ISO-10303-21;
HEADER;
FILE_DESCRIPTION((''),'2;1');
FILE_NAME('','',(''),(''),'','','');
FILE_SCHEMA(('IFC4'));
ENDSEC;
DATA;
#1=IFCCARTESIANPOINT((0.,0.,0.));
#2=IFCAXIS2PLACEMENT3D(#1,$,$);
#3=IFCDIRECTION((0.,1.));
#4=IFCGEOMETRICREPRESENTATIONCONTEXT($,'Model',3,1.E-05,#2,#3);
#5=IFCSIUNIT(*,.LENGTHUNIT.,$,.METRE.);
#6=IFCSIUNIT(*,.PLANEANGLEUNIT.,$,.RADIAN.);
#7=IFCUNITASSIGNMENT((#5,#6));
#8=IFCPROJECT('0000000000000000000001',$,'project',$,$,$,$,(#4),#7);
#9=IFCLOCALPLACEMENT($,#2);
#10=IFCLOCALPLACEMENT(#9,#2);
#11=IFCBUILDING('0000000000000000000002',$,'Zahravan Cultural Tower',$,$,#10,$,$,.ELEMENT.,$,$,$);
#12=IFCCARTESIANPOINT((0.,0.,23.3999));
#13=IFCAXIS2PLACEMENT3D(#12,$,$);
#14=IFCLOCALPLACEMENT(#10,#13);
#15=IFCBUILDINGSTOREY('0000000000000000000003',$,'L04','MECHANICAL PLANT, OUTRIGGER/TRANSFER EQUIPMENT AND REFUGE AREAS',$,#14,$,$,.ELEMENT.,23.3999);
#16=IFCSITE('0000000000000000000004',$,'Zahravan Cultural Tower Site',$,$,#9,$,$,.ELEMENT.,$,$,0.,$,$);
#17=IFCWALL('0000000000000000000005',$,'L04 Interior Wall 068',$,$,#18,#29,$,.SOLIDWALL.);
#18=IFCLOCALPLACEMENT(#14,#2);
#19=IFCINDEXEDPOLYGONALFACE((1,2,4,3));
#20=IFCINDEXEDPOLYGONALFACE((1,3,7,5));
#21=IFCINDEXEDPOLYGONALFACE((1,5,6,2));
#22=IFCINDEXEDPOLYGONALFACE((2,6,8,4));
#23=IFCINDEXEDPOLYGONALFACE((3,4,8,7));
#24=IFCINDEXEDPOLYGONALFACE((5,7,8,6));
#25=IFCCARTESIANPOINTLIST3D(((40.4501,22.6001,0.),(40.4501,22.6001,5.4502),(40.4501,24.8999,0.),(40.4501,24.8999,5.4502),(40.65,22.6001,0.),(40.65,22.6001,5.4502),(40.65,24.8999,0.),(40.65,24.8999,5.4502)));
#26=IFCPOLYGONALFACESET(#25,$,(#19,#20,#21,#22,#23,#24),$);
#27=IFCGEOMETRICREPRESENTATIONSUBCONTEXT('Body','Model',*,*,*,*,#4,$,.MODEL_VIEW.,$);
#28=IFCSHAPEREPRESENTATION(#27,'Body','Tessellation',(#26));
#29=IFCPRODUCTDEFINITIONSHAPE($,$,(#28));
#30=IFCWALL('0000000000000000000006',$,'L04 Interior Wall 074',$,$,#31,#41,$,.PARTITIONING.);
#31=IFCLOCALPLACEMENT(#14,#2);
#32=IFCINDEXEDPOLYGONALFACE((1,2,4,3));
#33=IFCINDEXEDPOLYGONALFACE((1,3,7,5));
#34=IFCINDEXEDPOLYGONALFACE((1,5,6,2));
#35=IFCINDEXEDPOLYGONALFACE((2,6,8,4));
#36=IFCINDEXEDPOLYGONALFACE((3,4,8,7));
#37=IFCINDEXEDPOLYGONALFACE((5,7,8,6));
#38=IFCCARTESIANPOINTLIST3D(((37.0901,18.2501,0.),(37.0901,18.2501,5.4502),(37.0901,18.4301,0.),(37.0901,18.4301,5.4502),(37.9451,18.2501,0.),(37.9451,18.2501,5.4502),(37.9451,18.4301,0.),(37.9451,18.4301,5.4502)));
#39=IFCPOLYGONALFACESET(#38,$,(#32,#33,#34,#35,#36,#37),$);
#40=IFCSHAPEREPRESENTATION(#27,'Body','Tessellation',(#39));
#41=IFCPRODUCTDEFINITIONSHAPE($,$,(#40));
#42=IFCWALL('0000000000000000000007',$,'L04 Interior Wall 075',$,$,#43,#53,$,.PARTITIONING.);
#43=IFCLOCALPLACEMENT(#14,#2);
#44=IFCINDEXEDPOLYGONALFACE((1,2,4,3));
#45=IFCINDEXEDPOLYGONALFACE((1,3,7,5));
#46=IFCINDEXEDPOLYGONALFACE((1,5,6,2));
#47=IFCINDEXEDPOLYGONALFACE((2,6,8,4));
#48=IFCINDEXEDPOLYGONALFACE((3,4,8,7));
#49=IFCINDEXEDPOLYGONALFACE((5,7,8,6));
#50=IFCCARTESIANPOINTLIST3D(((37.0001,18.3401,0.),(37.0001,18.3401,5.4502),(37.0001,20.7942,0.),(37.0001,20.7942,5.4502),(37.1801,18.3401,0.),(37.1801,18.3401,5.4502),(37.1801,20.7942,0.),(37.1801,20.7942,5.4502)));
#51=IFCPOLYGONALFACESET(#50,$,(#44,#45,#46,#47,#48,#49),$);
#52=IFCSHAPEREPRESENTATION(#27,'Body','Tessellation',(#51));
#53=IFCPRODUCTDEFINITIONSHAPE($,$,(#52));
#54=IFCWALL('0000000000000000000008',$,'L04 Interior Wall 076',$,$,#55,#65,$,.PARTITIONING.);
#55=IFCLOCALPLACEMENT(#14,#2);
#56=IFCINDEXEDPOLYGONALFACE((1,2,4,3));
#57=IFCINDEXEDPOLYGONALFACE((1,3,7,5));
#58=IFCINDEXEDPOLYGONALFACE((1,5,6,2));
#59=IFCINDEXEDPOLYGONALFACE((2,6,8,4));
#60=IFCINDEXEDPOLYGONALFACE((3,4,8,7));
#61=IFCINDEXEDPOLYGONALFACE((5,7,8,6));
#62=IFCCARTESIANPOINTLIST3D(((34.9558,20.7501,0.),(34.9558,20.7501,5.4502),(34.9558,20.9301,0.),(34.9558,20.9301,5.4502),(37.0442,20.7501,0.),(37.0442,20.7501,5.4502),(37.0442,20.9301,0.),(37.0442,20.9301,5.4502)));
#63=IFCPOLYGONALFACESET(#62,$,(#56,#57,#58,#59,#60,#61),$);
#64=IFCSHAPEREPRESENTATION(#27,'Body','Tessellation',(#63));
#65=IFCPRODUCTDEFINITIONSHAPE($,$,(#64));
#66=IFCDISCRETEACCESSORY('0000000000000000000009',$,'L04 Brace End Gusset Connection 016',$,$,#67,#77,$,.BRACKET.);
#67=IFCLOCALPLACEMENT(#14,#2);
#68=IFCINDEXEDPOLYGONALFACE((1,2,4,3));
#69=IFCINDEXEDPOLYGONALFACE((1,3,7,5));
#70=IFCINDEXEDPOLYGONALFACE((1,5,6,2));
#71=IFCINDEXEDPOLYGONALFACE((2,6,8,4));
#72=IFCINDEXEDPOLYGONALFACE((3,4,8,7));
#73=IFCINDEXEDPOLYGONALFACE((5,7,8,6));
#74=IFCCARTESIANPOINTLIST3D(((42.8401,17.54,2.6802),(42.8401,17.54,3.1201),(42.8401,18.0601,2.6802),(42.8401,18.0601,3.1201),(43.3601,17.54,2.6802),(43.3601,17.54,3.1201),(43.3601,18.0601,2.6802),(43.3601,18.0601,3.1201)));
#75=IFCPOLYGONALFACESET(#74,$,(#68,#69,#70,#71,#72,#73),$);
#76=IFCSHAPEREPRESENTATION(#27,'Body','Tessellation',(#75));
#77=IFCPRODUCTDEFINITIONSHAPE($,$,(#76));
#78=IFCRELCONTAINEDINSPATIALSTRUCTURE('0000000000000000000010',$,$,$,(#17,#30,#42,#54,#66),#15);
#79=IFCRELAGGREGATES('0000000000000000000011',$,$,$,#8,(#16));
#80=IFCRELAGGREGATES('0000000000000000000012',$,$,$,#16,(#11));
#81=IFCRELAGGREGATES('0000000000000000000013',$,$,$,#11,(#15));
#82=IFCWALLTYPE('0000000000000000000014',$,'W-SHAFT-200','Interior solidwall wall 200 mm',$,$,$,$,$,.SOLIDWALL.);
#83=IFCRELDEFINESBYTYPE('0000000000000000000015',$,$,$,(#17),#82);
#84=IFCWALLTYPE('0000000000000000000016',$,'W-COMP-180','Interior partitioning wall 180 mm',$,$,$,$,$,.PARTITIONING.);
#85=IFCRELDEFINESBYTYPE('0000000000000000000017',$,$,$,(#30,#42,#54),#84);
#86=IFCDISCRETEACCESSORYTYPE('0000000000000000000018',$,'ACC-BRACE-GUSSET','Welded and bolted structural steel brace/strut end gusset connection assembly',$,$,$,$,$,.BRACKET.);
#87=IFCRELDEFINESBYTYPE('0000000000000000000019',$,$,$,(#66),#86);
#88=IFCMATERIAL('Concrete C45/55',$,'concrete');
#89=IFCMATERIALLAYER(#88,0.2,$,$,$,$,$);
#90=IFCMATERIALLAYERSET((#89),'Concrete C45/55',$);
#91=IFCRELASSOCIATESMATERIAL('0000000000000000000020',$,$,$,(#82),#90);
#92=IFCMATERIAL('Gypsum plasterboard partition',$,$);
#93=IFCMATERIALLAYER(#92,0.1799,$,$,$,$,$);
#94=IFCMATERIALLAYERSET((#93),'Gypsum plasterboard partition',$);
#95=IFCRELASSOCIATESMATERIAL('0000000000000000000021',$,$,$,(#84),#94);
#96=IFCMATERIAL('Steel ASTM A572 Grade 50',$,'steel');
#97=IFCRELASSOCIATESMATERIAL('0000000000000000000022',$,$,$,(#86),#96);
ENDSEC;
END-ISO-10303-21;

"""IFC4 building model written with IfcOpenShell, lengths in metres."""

from ifc_helpers import new_model, si_unit, direction, frame, frame_2d, origin, origin_2d, place, context, subcontext, project, spatial, rectangle, extrude, source, transform, mapped, material, layer, layer_set, type_object, element, save


model = new_model("IFC4")

# Units and contexts
model_context = context("Model", 3, precision=1e-05, world=origin(), true_north=direction((0.0, 1.0)))
body_context = subcontext(model_context, "Body", "Model", "MODEL_VIEW")
ifc_project = project(units=[si_unit("LENGTHUNIT", "METRE"), si_unit("PLANEANGLEUNIT", "RADIAN")], contexts=[model_context])

# Site, building, storey
site_placement = place(None, origin())
site = spatial("IfcSite", under=ifc_project, at=site_placement, Name="Zahravan Cultural Tower Site", CompositionType="ELEMENT", RefElevation=0.0)
building_placement = place(site_placement, origin())
building = spatial("IfcBuilding", under=site, at=building_placement, Name="Zahravan Cultural Tower", CompositionType="ELEMENT")
storey_placement = place(building_placement, frame((0.0, 0.0, 23.3999)))
storey = spatial("IfcBuildingStorey", under=building, at=storey_placement, Name="L04", Description="MECHANICAL PLANT, OUTRIGGER/TRANSFER EQUIPMENT AND REFUGE AREAS", CompositionType="ELEMENT", Elevation=23.3999)

# Walls
ifc_material_1 = material(Name="Concrete C45/55", Category="concrete")
ifc_layer_1 = layer(ifc_material_1, 0.2)
ifc_layer_set_1 = layer_set([ifc_layer_1], Name="Concrete C45/55")
wall_type_1 = type_object("IfcWallType", Name="W-SHAFT-200", Description="Interior solidwall wall 200 mm", PredefinedType="SOLIDWALL", material=ifc_layer_set_1)
ifc_material_2 = material(Name="Gypsum plasterboard partition")
ifc_layer_2 = layer(ifc_material_2, 0.1799)
ifc_layer_set_2 = layer_set([ifc_layer_2], Name="Gypsum plasterboard partition")
wall_type_2 = type_object("IfcWallType", Name="W-COMP-180", Description="Interior partitioning wall 180 mm", PredefinedType="PARTITIONING", material=ifc_layer_set_2)
shared_shape_1 = source(origin(), body_context, "Body", "SweptSolid", [
    extrude(rectangle(XDim=2.2998, YDim=0.2, at=frame_2d((1.1499, 0.0))), origin(), (0.0, 0.0, 1.0), 5.4502),
])
for number, where, z_axis, x_axis, name in (
    (1, (40.55, 22.6001, 0.0), (0.0, 0.0, 1.0), (0.0, 1.0, 0.0), "L04 Interior Wall 068"),
):
    element("IfcWall", number, at=place(storey_placement, frame(where, z_axis=z_axis, x_axis=x_axis)), inside=storey, type_object=wall_type_1, Name=name, PredefinedType="SOLIDWALL", context=body_context, shape_type="MappedRepresentation", body=[
        mapped(shared_shape_1, transform((0.0, 0.0, 0.0), x_axis=(1.0, 0.0, 0.0), y_axis=(0.0, 1.0, 0.0), z_axis=(0.0, 0.0, 1.0), scale=1.0)),
    ])
shared_shape_2 = source(origin(), body_context, "Body", "SweptSolid", [
    extrude(rectangle(XDim=0.855, YDim=0.1799, at=frame_2d((0.4275, 0.0))), origin(), (0.0, 0.0, 1.0), 5.4502),
])
wall_1_placement = place(storey_placement, frame((37.9451, 18.3401, 0.0), z_axis=(0.0, 0.0, 1.0), x_axis=(-1.0, 0.0, 0.0)))
element("IfcWall", 2, at=wall_1_placement, inside=storey, type_object=wall_type_2, Name="L04 Interior Wall 074", PredefinedType="PARTITIONING", context=body_context, shape_type="MappedRepresentation", body=[
    mapped(shared_shape_2, transform((0.0, 0.0, 0.0), x_axis=(1.0, 0.0, 0.0), y_axis=(0.0, 1.0, 0.0), z_axis=(0.0, 0.0, 1.0), scale=1.0)),
])
shared_shape_3 = source(origin(), body_context, "Body", "SweptSolid", [
    extrude(rectangle(XDim=2.4541, YDim=0.1799, at=frame_2d((1.2271, 0.0))), origin(), (0.0, 0.0, 1.0), 5.4502),
])
wall_2_placement = place(storey_placement, frame((37.0901, 18.3401, 0.0), z_axis=(0.0, 0.0, 1.0), x_axis=(0.0, 1.0, 0.0)))
element("IfcWall", 3, at=wall_2_placement, inside=storey, type_object=wall_type_2, Name="L04 Interior Wall 075", PredefinedType="PARTITIONING", context=body_context, shape_type="MappedRepresentation", body=[
    mapped(shared_shape_3, transform((0.0, 0.0, 0.0), x_axis=(1.0, 0.0, 0.0), y_axis=(0.0, 1.0, 0.0), z_axis=(0.0, 0.0, 1.0), scale=1.0)),
])
shared_shape_4 = source(origin(), body_context, "Body", "SweptSolid", [
    extrude(rectangle(XDim=2.0884, YDim=0.1799, at=frame_2d((1.0442, 0.0))), origin(), (0.0, 0.0, 1.0), 5.4502),
])
wall_3_placement = place(storey_placement, frame((37.0442, 20.8401, 0.0), z_axis=(0.0, 0.0, 1.0), x_axis=(-1.0, 0.0, 0.0)))
element("IfcWall", 4, at=wall_3_placement, inside=storey, type_object=wall_type_2, Name="L04 Interior Wall 076", PredefinedType="PARTITIONING", context=body_context, shape_type="MappedRepresentation", body=[
    mapped(shared_shape_4, transform((0.0, 0.0, 0.0), x_axis=(1.0, 0.0, 0.0), y_axis=(0.0, 1.0, 0.0), z_axis=(0.0, 0.0, 1.0), scale=1.0)),
])

# Discrete accessory
ifc_material_3 = material(Name="Steel ASTM A572 Grade 50", Category="steel")
discrete_accessory_type = type_object("IfcDiscreteAccessoryType", Name="ACC-BRACE-GUSSET", Description="Welded and bolted structural steel brace/strut end gusset connection assembly", PredefinedType="BRACKET", material=ifc_material_3)
shared_shape_5 = source(origin(), body_context, "Body", "SweptSolid", [
    extrude(rectangle(XDim=0.52, YDim=0.52, at=origin_2d()), origin(), (0.0, 0.0, 1.0), 0.4399),
])
discrete_accessory_placement = place(storey_placement, frame((43.1001, 17.8, 2.6802), z_axis=(0.0, 0.0, 1.0), x_axis=(1.0, 0.0, 0.0)))
element("IfcDiscreteAccessory", 5, at=discrete_accessory_placement, inside=storey, type_object=discrete_accessory_type, Name="L04 Brace End Gusset Connection 016", PredefinedType="BRACKET", context=body_context, shape_type="MappedRepresentation", body=[
    mapped(shared_shape_5, transform((0.0, 0.0, 0.0), x_axis=(1.0, 0.0, 0.0), y_axis=(0.0, 1.0, 0.0), z_axis=(0.0, 0.0, 1.0), scale=1.0)),
])

save(model, "model.ifc")
